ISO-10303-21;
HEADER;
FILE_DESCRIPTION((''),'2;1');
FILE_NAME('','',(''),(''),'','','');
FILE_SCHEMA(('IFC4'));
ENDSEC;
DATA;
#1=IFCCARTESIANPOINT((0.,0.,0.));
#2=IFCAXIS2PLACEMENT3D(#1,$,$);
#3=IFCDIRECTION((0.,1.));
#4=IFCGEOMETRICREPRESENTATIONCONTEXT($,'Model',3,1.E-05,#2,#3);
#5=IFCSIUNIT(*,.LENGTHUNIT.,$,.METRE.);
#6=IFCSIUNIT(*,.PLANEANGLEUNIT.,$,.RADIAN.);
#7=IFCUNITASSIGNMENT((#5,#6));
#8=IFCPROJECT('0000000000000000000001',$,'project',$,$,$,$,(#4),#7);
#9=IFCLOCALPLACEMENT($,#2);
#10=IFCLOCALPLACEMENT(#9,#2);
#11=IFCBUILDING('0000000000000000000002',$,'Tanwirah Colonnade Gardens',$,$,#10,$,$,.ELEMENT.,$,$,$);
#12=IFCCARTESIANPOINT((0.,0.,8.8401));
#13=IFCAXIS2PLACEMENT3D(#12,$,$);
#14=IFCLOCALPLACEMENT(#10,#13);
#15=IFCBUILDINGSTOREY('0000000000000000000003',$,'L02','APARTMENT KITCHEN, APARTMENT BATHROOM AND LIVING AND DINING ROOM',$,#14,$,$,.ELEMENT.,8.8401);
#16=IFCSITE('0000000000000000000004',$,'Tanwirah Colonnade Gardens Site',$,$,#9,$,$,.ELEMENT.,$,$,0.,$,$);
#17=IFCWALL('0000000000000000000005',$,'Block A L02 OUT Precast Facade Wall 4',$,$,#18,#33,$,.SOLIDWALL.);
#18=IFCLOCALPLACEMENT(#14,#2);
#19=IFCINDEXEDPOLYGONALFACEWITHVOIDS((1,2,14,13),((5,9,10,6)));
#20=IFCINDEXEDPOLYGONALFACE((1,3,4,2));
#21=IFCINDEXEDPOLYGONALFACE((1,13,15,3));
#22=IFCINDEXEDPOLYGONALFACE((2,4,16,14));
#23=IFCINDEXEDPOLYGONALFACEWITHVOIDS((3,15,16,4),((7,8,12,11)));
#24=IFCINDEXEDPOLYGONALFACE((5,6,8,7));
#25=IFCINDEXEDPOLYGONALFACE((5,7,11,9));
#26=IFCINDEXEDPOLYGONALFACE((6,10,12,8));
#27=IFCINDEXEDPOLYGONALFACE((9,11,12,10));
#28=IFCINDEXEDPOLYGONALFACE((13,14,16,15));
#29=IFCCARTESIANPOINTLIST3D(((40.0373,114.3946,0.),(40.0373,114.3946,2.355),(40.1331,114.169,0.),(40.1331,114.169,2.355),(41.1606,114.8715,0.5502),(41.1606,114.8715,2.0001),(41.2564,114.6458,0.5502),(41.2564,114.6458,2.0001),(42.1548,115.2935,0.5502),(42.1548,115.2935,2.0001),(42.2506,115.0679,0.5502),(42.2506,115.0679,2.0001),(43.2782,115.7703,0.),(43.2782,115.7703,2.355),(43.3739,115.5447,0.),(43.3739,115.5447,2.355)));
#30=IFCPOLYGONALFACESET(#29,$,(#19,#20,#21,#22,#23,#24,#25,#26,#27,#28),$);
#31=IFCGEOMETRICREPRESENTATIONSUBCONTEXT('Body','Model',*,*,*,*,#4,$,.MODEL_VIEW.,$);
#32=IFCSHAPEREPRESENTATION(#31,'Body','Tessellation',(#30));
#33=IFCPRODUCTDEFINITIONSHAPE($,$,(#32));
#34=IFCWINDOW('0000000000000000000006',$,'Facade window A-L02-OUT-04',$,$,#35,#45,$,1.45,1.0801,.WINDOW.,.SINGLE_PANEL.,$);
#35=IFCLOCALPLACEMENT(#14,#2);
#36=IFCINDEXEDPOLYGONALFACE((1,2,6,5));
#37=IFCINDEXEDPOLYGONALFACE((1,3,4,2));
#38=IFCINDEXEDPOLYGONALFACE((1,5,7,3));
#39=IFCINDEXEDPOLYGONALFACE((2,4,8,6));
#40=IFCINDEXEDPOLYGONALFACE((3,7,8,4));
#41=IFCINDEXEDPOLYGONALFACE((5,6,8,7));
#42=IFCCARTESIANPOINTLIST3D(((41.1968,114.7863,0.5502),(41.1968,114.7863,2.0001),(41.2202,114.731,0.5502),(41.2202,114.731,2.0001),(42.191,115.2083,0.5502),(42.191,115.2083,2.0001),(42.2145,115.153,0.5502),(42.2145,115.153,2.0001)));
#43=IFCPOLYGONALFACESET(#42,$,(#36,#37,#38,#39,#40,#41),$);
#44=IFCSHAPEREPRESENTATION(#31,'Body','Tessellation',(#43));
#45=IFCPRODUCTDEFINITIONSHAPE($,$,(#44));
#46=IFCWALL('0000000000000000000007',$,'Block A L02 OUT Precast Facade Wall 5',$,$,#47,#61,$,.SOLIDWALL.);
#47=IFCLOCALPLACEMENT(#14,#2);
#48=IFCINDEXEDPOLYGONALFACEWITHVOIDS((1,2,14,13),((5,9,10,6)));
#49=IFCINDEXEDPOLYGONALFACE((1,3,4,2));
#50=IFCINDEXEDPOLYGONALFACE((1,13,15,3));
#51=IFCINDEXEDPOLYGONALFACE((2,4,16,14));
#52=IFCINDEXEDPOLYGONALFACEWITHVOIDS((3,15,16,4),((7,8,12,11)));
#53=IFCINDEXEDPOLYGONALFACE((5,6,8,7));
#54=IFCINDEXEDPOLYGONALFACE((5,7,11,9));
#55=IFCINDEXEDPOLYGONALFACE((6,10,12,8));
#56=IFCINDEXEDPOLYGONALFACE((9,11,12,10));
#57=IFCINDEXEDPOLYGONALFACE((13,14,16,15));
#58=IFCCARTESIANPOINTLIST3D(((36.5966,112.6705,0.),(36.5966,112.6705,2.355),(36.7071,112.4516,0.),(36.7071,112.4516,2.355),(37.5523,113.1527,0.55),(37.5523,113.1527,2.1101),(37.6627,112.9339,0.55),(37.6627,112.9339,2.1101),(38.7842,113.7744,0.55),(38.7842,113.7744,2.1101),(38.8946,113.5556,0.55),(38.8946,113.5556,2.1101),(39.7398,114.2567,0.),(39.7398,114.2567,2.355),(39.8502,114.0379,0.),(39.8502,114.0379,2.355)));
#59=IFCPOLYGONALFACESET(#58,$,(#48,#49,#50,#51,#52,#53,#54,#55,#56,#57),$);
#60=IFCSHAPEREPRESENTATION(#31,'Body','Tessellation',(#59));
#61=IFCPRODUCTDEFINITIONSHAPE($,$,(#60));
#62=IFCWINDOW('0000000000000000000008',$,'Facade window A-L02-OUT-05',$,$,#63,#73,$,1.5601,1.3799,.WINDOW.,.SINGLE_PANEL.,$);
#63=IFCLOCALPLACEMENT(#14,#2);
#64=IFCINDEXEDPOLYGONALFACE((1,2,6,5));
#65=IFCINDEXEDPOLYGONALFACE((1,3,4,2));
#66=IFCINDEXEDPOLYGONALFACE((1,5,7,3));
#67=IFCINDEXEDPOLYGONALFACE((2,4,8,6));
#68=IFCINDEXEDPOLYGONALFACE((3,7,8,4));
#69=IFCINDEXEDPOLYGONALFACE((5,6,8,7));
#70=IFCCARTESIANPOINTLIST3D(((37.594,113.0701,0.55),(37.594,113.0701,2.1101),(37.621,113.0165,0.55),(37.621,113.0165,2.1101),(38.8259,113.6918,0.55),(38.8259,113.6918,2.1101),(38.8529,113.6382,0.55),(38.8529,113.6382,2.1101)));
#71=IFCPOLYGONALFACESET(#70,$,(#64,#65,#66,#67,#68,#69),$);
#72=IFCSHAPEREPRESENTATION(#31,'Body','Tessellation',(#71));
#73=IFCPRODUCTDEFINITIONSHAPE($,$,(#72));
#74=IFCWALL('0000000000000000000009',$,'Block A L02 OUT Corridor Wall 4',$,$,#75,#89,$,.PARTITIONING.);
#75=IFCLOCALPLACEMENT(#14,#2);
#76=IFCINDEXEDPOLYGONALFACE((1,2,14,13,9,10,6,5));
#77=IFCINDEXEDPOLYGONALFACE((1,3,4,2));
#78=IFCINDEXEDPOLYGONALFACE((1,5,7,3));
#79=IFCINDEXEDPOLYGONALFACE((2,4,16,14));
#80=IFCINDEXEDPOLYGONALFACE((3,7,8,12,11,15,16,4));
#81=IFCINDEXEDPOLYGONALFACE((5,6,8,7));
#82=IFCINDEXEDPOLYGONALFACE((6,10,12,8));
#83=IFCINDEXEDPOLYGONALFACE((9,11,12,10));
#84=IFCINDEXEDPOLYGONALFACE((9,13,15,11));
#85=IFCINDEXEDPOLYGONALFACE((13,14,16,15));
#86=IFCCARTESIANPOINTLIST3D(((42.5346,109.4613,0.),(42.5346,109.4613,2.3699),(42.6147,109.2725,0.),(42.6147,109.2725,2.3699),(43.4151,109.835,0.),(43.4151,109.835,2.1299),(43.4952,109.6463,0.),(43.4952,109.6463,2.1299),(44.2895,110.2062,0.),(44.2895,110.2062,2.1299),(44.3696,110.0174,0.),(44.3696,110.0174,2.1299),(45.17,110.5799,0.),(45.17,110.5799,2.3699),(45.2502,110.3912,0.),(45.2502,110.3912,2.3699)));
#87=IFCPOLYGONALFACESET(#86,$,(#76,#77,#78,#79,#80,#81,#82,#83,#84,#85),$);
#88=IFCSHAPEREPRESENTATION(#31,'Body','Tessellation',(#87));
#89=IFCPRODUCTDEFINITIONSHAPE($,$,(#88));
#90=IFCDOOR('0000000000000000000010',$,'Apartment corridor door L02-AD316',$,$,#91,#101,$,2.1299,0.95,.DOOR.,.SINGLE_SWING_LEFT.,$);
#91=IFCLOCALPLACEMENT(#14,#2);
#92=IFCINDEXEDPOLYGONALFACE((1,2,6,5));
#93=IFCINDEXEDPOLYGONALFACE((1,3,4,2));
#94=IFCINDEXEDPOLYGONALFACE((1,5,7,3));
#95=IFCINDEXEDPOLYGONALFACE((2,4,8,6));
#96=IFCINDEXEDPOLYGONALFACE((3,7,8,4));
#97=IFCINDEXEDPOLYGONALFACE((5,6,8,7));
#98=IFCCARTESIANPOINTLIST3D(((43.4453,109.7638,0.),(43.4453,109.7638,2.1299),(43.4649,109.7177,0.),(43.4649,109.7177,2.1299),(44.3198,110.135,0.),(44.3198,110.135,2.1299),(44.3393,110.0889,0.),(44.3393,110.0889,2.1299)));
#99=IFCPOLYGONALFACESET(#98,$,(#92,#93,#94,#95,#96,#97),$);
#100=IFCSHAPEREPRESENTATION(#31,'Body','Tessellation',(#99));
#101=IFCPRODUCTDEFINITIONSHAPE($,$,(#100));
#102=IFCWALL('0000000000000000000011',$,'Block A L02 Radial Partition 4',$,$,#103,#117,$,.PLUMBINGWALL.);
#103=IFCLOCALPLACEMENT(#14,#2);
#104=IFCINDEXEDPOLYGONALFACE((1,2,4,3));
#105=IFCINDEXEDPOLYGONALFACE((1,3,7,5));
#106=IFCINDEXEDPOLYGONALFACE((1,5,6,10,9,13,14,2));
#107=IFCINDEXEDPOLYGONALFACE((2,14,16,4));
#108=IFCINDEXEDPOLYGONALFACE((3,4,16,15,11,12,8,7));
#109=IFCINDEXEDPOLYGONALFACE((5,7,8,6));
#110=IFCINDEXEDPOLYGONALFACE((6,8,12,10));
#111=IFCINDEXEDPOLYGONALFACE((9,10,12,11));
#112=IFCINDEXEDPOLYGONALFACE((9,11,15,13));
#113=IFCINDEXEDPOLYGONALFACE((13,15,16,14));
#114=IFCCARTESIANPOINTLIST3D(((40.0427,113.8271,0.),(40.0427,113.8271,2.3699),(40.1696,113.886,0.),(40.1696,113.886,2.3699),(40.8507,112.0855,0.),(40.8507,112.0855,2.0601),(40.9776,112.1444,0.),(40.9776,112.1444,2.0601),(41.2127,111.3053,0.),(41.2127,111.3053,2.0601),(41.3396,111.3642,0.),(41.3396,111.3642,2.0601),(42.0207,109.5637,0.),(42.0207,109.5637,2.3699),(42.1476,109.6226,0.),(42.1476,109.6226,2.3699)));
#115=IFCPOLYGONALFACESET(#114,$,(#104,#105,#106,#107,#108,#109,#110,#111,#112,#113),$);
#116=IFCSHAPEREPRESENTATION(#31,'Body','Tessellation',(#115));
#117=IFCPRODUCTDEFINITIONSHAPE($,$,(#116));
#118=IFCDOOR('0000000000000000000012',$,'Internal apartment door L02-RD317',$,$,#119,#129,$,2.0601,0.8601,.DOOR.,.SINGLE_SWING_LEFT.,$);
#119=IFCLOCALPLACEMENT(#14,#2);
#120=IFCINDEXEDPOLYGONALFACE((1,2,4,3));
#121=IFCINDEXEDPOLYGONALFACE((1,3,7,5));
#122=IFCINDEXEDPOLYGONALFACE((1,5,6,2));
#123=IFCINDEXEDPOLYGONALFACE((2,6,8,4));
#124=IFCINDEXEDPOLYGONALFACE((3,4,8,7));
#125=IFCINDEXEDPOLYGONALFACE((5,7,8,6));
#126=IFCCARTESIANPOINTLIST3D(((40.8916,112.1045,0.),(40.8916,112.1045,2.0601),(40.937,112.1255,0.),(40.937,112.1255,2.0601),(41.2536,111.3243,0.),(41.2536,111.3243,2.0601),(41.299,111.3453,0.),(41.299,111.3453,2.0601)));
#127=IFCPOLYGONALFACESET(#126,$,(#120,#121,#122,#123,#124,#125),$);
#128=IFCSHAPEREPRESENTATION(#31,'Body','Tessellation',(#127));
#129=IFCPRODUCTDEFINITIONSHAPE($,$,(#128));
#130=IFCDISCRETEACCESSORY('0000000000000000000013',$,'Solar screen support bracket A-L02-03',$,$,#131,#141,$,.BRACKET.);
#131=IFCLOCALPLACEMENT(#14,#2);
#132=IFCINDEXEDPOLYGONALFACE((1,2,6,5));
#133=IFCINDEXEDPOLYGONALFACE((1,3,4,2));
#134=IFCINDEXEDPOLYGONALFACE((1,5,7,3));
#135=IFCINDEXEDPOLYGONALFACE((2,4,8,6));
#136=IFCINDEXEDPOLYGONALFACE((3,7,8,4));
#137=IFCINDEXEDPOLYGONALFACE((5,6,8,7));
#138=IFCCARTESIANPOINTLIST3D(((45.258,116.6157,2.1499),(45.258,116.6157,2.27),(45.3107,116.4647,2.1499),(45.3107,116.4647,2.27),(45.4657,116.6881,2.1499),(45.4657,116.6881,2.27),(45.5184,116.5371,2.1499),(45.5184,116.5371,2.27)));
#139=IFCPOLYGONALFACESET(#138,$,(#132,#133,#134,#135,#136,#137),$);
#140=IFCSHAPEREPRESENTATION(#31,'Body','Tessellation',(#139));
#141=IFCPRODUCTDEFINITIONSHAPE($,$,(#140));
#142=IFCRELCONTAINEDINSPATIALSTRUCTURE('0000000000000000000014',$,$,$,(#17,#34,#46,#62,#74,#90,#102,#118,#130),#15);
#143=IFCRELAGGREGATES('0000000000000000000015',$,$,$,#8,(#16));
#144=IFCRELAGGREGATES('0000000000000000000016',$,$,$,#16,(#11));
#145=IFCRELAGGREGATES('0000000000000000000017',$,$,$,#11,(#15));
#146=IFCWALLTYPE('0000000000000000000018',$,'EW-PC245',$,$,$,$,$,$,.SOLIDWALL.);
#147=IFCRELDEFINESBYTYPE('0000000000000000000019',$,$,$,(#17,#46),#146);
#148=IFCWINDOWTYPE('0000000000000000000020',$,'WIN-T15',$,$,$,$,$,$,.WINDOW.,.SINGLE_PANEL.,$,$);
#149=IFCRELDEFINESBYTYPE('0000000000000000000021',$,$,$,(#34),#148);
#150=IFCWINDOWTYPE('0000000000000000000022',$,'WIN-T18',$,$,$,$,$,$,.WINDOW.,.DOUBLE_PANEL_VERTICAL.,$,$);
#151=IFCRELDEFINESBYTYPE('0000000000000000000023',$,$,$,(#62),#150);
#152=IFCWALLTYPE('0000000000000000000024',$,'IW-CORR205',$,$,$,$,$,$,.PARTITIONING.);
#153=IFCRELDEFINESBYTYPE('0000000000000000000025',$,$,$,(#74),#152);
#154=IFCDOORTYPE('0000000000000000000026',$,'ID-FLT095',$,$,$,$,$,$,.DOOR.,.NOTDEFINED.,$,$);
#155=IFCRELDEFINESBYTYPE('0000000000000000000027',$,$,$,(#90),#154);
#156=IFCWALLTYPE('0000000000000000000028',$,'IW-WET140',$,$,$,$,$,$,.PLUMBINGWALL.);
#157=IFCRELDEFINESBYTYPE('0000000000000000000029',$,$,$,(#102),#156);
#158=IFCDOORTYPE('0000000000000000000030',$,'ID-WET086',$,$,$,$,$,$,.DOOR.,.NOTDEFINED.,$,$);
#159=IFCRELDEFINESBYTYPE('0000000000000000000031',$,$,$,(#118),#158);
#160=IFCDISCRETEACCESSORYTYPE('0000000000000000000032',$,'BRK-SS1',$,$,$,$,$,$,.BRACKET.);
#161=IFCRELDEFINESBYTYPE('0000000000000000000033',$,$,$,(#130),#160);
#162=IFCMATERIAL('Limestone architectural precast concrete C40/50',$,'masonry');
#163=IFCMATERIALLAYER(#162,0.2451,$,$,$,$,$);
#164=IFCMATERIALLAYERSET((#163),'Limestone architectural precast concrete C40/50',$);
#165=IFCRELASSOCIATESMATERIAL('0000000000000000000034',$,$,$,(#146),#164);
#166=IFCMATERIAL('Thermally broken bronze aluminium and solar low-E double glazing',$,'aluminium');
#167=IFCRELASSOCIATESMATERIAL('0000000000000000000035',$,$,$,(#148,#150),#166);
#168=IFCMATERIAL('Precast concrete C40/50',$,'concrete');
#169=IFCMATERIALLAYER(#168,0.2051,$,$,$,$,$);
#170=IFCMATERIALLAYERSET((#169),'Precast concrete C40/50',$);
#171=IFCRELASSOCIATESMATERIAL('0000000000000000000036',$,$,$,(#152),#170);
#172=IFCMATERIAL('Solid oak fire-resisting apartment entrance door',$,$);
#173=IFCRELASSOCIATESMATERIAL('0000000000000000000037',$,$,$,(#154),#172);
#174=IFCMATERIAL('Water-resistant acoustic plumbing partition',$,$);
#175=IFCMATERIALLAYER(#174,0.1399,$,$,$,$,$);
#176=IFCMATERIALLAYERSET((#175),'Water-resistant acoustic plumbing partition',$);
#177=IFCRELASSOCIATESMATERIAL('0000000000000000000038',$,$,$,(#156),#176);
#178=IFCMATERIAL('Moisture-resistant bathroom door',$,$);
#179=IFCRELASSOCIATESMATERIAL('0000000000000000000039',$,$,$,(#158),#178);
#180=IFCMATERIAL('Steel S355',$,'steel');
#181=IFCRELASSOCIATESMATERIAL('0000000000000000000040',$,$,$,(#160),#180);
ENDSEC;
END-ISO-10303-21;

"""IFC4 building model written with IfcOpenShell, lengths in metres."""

from ifc_helpers import new_model, si_unit, direction, frame, frame_2d, origin, origin_2d, place, context, subcontext, project, spatial, rectangle, extrude, material, layer, layer_set, type_object, element, fill, save


model = new_model("IFC4")

# Units and contexts
model_context = context("Model", 3, precision=1e-05, world=origin(), true_north=direction((0.0, 1.0)))
body_context = subcontext(model_context, "Body", "Model", "MODEL_VIEW")
ifc_project = project(units=[si_unit("LENGTHUNIT", "METRE"), si_unit("PLANEANGLEUNIT", "RADIAN")], contexts=[model_context])

# Site, building, storey
site_placement = place(None, origin())
site = spatial("IfcSite", under=ifc_project, at=site_placement, Name="Tanwirah Colonnade Gardens Site", CompositionType="ELEMENT", RefElevation=0.0)
building_placement = place(site_placement, origin())
building = spatial("IfcBuilding", under=site, at=building_placement, Name="Tanwirah Colonnade Gardens", CompositionType="ELEMENT")
storey_placement = place(building_placement, frame((0.0, 0.0, 8.8401)))
storey = spatial("IfcBuildingStorey", under=building, at=storey_placement, Name="L02", Description="APARTMENT KITCHEN, APARTMENT BATHROOM AND LIVING AND DINING ROOM", CompositionType="ELEMENT", Elevation=8.8401)

# Shared definitions
ifc_material_1 = material(Name="Precast concrete C40/50", Category="concrete")

# Walls, openings, windows
ifc_material_2 = material(Name="Limestone architectural precast concrete C40/50", Category="masonry")
ifc_layer_1 = layer(ifc_material_2, 0.2451)
ifc_layer_set_1 = layer_set([ifc_layer_1], Name="Limestone architectural precast concrete C40/50")
wall_type_1 = type_object("IfcWallType", Name="EW-PC245", PredefinedType="SOLIDWALL", material=ifc_layer_set_1)
ifc_material_3 = material(Name="Thermally broken bronze aluminium and solar low-E double glazing", Category="aluminium")
wall_1_placement = place(storey_placement, frame((43.3259, 115.6575, 0.0), z_axis=(0.0, 0.0, 1.0), x_axis=(-0.920502, -0.390737, 0.0)))
wall_1 = element("IfcWall", 1, at=wall_1_placement, inside=storey, type_object=wall_type_1, Name="Block A L02 OUT Precast Facade Wall 4", PredefinedType="SOLIDWALL", context=body_context, shape_type="SweptSolid", body=[
    extrude(rectangle(XDim=3.5208, YDim=0.2451, at=frame_2d((1.7603, 0.0))), origin(), (0.0, 0.0, 1.0), 2.355),
])
opening_1_placement = place(wall_1_placement, frame((1.2202, 0.0, 0.55)))
opening_1 = element("IfcOpeningElement", 2, at=opening_1_placement, cuts=wall_1, PredefinedType="OPENING", context=body_context, shape_type="SweptSolid", body=[
    extrude(rectangle(XDim=1.0801, YDim=1.45, at=frame_2d((0.54, 0.7251))), frame((0.0, 0.1326, 0.0), z_axis=(0.0, -1.0, 0.0), x_axis=(1.0, 0.0, 0.0)), (0.0, 0.0, 1.0), 0.2651),
])
window_type_1 = type_object("IfcWindowType", Name="WIN-T15", PartitioningType="SINGLE_PANEL", PredefinedType="WINDOW", material=ifc_material_3)
window_1_placement = place(opening_1_placement, origin())
window_1 = element("IfcWindow", 3, at=window_1_placement, inside=storey, type_object=window_type_1, Name="Facade window A-L02-OUT-04", OverallHeight=1.45, OverallWidth=1.0801, PartitioningType="SINGLE_PANEL", PredefinedType="WINDOW", context=body_context, shape_type="SweptSolid", body=[
    extrude(rectangle(XDim=1.0801, YDim=1.45, at=frame_2d((0.54, 0.7251))), frame((0.0, 0.03, 0.0), z_axis=(0.0, -1.0, 0.0), x_axis=(1.0, 0.0, 0.0)), (0.0, 0.0, 1.0), 0.0601),
])
fill(opening_1, window_1)
wall_2_placement = place(storey_placement, frame((39.7949, 114.1472, 0.0), z_axis=(0.0, 0.0, 1.0), x_axis=(-0.892757, -0.450539, 0.0)))
wall_2 = element("IfcWall", 4, at=wall_2_placement, inside=storey, type_object=wall_type_1, Name="Block A L02 OUT Precast Facade Wall 5", PredefinedType="SOLIDWALL", context=body_context, shape_type="SweptSolid", body=[
    extrude(rectangle(XDim=3.5208, YDim=0.2451, at=frame_2d((1.7603, 0.0))), origin(), (0.0, 0.0, 1.0), 2.355),
])
opening_2_placement = place(wall_2_placement, frame((1.0703, 0.0, 0.55)))
opening_2 = element("IfcOpeningElement", 5, at=opening_2_placement, cuts=wall_2, PredefinedType="OPENING", context=body_context, shape_type="SweptSolid", body=[
    extrude(rectangle(XDim=1.3799, YDim=1.5601, at=frame_2d((0.6899, 0.78))), frame((0.0, 0.1326, 0.0), z_axis=(0.0, -1.0, 0.0), x_axis=(1.0, 0.0, 0.0)), (0.0, 0.0, 1.0), 0.2651),
])
window_type_2 = type_object("IfcWindowType", Name="WIN-T18", PartitioningType="DOUBLE_PANEL_VERTICAL", PredefinedType="WINDOW", material=ifc_material_3)
window_2_placement = place(opening_2_placement, origin())
window_2 = element("IfcWindow", 6, at=window_2_placement, inside=storey, type_object=window_type_2, Name="Facade window A-L02-OUT-05", OverallHeight=1.5601, OverallWidth=1.3799, PartitioningType="SINGLE_PANEL", PredefinedType="WINDOW", context=body_context, shape_type="SweptSolid", body=[
    extrude(rectangle(XDim=1.3799, YDim=1.5601, at=frame_2d((0.6899, 0.78))), frame((0.0, 0.03, 0.0), z_axis=(0.0, -1.0, 0.0), x_axis=(1.0, 0.0, 0.0)), (0.0, 0.0, 1.0), 0.0601),
])
fill(opening_2, window_2)

# Walls, openings, doors
ifc_layer_2 = layer(ifc_material_1, 0.2051)
ifc_layer_set_2 = layer_set([ifc_layer_2], Name="Precast concrete C40/50")
wall_type_2 = type_object("IfcWallType", Name="IW-CORR205", PredefinedType="PARTITIONING", material=ifc_layer_set_2)
wall_3_placement = place(storey_placement, frame((45.2102, 110.4856, 0.0), z_axis=(0.0, 0.0, 1.0), x_axis=(-0.920511, -0.390716, 0.0)))
wall_3 = element("IfcWall", 7, at=wall_3_placement, inside=storey, type_object=wall_type_2, Name="Block A L02 OUT Corridor Wall 4", PredefinedType="PARTITIONING", context=body_context, shape_type="SweptSolid", body=[
    extrude(rectangle(XDim=2.863, YDim=0.2051, at=frame_2d((1.4316, 0.0))), origin(), (0.0, 0.0, 1.0), 2.3699),
])
opening_3_placement = place(wall_3_placement, frame((0.9565, 0.0, 0.0)))
opening_3 = element("IfcOpeningElement", 8, at=opening_3_placement, cuts=wall_3, PredefinedType="OPENING", context=body_context, shape_type="SweptSolid", body=[
    extrude(rectangle(XDim=0.95, YDim=2.1299, at=frame_2d((0.4751, 1.0649))), frame((0.0, 0.1125, 0.0), z_axis=(0.0, -1.0, 0.0), x_axis=(1.0, 0.0, 0.0)), (0.0, 0.0, 1.0), 0.2251),
])
ifc_material_4 = material(Name="Solid oak fire-resisting apartment entrance door")
door_type_1 = type_object("IfcDoorType", Name="ID-FLT095", OperationType="NOTDEFINED", PredefinedType="DOOR", material=ifc_material_4)
door_1_placement = place(opening_3_placement, origin())
door_1 = element("IfcDoor", 9, at=door_1_placement, inside=storey, type_object=door_type_1, Name="Apartment corridor door L02-AD316", OperationType="SINGLE_SWING_LEFT", OverallHeight=2.1299, OverallWidth=0.95, PredefinedType="DOOR", context=body_context, shape_type="SweptSolid", body=[
    extrude(rectangle(XDim=0.95, YDim=2.1299, at=frame_2d((0.4751, 1.0649))), frame((0.0, 0.0249, 0.0), z_axis=(0.0, -1.0, 0.0), x_axis=(1.0, 0.0, 0.0)), (0.0, 0.0, 1.0), 0.05),
])
fill(opening_3, door_1)
ifc_material_5 = material(Name="Water-resistant acoustic plumbing partition")
ifc_layer_3 = layer(ifc_material_5, 0.1399)
ifc_layer_set_3 = layer_set([ifc_layer_3], Name="Water-resistant acoustic plumbing partition")
wall_type_3 = type_object("IfcWallType", Name="IW-WET140", PredefinedType="PLUMBINGWALL", material=ifc_layer_set_3)
wall_4_placement = place(storey_placement, frame((42.0842, 109.593, 0.0), z_axis=(0.0, 0.0, 1.0), x_axis=(-0.420863, 0.907124, 0.0)))
wall_4 = element("IfcWall", 10, at=wall_4_placement, inside=storey, type_object=wall_type_3, Name="Block A L02 Radial Partition 4", PredefinedType="PLUMBINGWALL", context=body_context, shape_type="SweptSolid", body=[
    extrude(rectangle(XDim=4.7, YDim=0.1399, at=frame_2d((2.3501, 0.0))), origin(), (0.0, 0.0, 1.0), 2.3699),
])
opening_4_placement = place(wall_4_placement, frame((1.9199, 0.0, 0.0)))
opening_4 = element("IfcOpeningElement", 11, at=opening_4_placement, cuts=wall_4, PredefinedType="OPENING", context=body_context, shape_type="SweptSolid", body=[
    extrude(rectangle(XDim=0.8601, YDim=2.0601, at=frame_2d((0.4302, 1.03))), frame((0.0, 0.0798, 0.0), z_axis=(0.0, -1.0, 0.0), x_axis=(1.0, 0.0, 0.0)), (0.0, 0.0, 1.0), 0.1599),
])
ifc_material_6 = material(Name="Moisture-resistant bathroom door")
door_type_2 = type_object("IfcDoorType", Name="ID-WET086", OperationType="NOTDEFINED", PredefinedType="DOOR", material=ifc_material_6)
door_2_placement = place(opening_4_placement, origin())
door_2 = element("IfcDoor", 12, at=door_2_placement, inside=storey, type_object=door_type_2, Name="Internal apartment door L02-RD317", OperationType="SINGLE_SWING_LEFT", OverallHeight=2.0601, OverallWidth=0.8601, PredefinedType="DOOR", context=body_context, shape_type="SweptSolid", body=[
    extrude(rectangle(XDim=0.8601, YDim=2.0601, at=frame_2d((0.4302, 1.03))), frame((0.0, 0.0249, 0.0), z_axis=(0.0, -1.0, 0.0), x_axis=(1.0, 0.0, 0.0)), (0.0, 0.0, 1.0), 0.05),
])
fill(opening_4, door_2)

# Discrete accessory
ifc_material_7 = material(Name="Steel S355", Category="steel")
discrete_accessory_type = type_object("IfcDiscreteAccessoryType", Name="BRK-SS1", PredefinedType="BRACKET", material=ifc_material_7)
discrete_accessory_placement = place(storey_placement, frame((45.3882, 116.5764, 2.1499), z_axis=(0.0, 0.0, 1.0), x_axis=(-0.944249, -0.329233, 0.0)))
element("IfcDiscreteAccessory", 13, at=discrete_accessory_placement, inside=storey, type_object=discrete_accessory_type, Name="Solar screen support bracket A-L02-03", PredefinedType="BRACKET", context=body_context, shape_type="SweptSolid", body=[
    extrude(rectangle(XDim=0.22, YDim=0.1599, at=origin_2d()), origin(), (0.0, 0.0, 1.0), 0.1201),
])

save(model, "model.ifc")
